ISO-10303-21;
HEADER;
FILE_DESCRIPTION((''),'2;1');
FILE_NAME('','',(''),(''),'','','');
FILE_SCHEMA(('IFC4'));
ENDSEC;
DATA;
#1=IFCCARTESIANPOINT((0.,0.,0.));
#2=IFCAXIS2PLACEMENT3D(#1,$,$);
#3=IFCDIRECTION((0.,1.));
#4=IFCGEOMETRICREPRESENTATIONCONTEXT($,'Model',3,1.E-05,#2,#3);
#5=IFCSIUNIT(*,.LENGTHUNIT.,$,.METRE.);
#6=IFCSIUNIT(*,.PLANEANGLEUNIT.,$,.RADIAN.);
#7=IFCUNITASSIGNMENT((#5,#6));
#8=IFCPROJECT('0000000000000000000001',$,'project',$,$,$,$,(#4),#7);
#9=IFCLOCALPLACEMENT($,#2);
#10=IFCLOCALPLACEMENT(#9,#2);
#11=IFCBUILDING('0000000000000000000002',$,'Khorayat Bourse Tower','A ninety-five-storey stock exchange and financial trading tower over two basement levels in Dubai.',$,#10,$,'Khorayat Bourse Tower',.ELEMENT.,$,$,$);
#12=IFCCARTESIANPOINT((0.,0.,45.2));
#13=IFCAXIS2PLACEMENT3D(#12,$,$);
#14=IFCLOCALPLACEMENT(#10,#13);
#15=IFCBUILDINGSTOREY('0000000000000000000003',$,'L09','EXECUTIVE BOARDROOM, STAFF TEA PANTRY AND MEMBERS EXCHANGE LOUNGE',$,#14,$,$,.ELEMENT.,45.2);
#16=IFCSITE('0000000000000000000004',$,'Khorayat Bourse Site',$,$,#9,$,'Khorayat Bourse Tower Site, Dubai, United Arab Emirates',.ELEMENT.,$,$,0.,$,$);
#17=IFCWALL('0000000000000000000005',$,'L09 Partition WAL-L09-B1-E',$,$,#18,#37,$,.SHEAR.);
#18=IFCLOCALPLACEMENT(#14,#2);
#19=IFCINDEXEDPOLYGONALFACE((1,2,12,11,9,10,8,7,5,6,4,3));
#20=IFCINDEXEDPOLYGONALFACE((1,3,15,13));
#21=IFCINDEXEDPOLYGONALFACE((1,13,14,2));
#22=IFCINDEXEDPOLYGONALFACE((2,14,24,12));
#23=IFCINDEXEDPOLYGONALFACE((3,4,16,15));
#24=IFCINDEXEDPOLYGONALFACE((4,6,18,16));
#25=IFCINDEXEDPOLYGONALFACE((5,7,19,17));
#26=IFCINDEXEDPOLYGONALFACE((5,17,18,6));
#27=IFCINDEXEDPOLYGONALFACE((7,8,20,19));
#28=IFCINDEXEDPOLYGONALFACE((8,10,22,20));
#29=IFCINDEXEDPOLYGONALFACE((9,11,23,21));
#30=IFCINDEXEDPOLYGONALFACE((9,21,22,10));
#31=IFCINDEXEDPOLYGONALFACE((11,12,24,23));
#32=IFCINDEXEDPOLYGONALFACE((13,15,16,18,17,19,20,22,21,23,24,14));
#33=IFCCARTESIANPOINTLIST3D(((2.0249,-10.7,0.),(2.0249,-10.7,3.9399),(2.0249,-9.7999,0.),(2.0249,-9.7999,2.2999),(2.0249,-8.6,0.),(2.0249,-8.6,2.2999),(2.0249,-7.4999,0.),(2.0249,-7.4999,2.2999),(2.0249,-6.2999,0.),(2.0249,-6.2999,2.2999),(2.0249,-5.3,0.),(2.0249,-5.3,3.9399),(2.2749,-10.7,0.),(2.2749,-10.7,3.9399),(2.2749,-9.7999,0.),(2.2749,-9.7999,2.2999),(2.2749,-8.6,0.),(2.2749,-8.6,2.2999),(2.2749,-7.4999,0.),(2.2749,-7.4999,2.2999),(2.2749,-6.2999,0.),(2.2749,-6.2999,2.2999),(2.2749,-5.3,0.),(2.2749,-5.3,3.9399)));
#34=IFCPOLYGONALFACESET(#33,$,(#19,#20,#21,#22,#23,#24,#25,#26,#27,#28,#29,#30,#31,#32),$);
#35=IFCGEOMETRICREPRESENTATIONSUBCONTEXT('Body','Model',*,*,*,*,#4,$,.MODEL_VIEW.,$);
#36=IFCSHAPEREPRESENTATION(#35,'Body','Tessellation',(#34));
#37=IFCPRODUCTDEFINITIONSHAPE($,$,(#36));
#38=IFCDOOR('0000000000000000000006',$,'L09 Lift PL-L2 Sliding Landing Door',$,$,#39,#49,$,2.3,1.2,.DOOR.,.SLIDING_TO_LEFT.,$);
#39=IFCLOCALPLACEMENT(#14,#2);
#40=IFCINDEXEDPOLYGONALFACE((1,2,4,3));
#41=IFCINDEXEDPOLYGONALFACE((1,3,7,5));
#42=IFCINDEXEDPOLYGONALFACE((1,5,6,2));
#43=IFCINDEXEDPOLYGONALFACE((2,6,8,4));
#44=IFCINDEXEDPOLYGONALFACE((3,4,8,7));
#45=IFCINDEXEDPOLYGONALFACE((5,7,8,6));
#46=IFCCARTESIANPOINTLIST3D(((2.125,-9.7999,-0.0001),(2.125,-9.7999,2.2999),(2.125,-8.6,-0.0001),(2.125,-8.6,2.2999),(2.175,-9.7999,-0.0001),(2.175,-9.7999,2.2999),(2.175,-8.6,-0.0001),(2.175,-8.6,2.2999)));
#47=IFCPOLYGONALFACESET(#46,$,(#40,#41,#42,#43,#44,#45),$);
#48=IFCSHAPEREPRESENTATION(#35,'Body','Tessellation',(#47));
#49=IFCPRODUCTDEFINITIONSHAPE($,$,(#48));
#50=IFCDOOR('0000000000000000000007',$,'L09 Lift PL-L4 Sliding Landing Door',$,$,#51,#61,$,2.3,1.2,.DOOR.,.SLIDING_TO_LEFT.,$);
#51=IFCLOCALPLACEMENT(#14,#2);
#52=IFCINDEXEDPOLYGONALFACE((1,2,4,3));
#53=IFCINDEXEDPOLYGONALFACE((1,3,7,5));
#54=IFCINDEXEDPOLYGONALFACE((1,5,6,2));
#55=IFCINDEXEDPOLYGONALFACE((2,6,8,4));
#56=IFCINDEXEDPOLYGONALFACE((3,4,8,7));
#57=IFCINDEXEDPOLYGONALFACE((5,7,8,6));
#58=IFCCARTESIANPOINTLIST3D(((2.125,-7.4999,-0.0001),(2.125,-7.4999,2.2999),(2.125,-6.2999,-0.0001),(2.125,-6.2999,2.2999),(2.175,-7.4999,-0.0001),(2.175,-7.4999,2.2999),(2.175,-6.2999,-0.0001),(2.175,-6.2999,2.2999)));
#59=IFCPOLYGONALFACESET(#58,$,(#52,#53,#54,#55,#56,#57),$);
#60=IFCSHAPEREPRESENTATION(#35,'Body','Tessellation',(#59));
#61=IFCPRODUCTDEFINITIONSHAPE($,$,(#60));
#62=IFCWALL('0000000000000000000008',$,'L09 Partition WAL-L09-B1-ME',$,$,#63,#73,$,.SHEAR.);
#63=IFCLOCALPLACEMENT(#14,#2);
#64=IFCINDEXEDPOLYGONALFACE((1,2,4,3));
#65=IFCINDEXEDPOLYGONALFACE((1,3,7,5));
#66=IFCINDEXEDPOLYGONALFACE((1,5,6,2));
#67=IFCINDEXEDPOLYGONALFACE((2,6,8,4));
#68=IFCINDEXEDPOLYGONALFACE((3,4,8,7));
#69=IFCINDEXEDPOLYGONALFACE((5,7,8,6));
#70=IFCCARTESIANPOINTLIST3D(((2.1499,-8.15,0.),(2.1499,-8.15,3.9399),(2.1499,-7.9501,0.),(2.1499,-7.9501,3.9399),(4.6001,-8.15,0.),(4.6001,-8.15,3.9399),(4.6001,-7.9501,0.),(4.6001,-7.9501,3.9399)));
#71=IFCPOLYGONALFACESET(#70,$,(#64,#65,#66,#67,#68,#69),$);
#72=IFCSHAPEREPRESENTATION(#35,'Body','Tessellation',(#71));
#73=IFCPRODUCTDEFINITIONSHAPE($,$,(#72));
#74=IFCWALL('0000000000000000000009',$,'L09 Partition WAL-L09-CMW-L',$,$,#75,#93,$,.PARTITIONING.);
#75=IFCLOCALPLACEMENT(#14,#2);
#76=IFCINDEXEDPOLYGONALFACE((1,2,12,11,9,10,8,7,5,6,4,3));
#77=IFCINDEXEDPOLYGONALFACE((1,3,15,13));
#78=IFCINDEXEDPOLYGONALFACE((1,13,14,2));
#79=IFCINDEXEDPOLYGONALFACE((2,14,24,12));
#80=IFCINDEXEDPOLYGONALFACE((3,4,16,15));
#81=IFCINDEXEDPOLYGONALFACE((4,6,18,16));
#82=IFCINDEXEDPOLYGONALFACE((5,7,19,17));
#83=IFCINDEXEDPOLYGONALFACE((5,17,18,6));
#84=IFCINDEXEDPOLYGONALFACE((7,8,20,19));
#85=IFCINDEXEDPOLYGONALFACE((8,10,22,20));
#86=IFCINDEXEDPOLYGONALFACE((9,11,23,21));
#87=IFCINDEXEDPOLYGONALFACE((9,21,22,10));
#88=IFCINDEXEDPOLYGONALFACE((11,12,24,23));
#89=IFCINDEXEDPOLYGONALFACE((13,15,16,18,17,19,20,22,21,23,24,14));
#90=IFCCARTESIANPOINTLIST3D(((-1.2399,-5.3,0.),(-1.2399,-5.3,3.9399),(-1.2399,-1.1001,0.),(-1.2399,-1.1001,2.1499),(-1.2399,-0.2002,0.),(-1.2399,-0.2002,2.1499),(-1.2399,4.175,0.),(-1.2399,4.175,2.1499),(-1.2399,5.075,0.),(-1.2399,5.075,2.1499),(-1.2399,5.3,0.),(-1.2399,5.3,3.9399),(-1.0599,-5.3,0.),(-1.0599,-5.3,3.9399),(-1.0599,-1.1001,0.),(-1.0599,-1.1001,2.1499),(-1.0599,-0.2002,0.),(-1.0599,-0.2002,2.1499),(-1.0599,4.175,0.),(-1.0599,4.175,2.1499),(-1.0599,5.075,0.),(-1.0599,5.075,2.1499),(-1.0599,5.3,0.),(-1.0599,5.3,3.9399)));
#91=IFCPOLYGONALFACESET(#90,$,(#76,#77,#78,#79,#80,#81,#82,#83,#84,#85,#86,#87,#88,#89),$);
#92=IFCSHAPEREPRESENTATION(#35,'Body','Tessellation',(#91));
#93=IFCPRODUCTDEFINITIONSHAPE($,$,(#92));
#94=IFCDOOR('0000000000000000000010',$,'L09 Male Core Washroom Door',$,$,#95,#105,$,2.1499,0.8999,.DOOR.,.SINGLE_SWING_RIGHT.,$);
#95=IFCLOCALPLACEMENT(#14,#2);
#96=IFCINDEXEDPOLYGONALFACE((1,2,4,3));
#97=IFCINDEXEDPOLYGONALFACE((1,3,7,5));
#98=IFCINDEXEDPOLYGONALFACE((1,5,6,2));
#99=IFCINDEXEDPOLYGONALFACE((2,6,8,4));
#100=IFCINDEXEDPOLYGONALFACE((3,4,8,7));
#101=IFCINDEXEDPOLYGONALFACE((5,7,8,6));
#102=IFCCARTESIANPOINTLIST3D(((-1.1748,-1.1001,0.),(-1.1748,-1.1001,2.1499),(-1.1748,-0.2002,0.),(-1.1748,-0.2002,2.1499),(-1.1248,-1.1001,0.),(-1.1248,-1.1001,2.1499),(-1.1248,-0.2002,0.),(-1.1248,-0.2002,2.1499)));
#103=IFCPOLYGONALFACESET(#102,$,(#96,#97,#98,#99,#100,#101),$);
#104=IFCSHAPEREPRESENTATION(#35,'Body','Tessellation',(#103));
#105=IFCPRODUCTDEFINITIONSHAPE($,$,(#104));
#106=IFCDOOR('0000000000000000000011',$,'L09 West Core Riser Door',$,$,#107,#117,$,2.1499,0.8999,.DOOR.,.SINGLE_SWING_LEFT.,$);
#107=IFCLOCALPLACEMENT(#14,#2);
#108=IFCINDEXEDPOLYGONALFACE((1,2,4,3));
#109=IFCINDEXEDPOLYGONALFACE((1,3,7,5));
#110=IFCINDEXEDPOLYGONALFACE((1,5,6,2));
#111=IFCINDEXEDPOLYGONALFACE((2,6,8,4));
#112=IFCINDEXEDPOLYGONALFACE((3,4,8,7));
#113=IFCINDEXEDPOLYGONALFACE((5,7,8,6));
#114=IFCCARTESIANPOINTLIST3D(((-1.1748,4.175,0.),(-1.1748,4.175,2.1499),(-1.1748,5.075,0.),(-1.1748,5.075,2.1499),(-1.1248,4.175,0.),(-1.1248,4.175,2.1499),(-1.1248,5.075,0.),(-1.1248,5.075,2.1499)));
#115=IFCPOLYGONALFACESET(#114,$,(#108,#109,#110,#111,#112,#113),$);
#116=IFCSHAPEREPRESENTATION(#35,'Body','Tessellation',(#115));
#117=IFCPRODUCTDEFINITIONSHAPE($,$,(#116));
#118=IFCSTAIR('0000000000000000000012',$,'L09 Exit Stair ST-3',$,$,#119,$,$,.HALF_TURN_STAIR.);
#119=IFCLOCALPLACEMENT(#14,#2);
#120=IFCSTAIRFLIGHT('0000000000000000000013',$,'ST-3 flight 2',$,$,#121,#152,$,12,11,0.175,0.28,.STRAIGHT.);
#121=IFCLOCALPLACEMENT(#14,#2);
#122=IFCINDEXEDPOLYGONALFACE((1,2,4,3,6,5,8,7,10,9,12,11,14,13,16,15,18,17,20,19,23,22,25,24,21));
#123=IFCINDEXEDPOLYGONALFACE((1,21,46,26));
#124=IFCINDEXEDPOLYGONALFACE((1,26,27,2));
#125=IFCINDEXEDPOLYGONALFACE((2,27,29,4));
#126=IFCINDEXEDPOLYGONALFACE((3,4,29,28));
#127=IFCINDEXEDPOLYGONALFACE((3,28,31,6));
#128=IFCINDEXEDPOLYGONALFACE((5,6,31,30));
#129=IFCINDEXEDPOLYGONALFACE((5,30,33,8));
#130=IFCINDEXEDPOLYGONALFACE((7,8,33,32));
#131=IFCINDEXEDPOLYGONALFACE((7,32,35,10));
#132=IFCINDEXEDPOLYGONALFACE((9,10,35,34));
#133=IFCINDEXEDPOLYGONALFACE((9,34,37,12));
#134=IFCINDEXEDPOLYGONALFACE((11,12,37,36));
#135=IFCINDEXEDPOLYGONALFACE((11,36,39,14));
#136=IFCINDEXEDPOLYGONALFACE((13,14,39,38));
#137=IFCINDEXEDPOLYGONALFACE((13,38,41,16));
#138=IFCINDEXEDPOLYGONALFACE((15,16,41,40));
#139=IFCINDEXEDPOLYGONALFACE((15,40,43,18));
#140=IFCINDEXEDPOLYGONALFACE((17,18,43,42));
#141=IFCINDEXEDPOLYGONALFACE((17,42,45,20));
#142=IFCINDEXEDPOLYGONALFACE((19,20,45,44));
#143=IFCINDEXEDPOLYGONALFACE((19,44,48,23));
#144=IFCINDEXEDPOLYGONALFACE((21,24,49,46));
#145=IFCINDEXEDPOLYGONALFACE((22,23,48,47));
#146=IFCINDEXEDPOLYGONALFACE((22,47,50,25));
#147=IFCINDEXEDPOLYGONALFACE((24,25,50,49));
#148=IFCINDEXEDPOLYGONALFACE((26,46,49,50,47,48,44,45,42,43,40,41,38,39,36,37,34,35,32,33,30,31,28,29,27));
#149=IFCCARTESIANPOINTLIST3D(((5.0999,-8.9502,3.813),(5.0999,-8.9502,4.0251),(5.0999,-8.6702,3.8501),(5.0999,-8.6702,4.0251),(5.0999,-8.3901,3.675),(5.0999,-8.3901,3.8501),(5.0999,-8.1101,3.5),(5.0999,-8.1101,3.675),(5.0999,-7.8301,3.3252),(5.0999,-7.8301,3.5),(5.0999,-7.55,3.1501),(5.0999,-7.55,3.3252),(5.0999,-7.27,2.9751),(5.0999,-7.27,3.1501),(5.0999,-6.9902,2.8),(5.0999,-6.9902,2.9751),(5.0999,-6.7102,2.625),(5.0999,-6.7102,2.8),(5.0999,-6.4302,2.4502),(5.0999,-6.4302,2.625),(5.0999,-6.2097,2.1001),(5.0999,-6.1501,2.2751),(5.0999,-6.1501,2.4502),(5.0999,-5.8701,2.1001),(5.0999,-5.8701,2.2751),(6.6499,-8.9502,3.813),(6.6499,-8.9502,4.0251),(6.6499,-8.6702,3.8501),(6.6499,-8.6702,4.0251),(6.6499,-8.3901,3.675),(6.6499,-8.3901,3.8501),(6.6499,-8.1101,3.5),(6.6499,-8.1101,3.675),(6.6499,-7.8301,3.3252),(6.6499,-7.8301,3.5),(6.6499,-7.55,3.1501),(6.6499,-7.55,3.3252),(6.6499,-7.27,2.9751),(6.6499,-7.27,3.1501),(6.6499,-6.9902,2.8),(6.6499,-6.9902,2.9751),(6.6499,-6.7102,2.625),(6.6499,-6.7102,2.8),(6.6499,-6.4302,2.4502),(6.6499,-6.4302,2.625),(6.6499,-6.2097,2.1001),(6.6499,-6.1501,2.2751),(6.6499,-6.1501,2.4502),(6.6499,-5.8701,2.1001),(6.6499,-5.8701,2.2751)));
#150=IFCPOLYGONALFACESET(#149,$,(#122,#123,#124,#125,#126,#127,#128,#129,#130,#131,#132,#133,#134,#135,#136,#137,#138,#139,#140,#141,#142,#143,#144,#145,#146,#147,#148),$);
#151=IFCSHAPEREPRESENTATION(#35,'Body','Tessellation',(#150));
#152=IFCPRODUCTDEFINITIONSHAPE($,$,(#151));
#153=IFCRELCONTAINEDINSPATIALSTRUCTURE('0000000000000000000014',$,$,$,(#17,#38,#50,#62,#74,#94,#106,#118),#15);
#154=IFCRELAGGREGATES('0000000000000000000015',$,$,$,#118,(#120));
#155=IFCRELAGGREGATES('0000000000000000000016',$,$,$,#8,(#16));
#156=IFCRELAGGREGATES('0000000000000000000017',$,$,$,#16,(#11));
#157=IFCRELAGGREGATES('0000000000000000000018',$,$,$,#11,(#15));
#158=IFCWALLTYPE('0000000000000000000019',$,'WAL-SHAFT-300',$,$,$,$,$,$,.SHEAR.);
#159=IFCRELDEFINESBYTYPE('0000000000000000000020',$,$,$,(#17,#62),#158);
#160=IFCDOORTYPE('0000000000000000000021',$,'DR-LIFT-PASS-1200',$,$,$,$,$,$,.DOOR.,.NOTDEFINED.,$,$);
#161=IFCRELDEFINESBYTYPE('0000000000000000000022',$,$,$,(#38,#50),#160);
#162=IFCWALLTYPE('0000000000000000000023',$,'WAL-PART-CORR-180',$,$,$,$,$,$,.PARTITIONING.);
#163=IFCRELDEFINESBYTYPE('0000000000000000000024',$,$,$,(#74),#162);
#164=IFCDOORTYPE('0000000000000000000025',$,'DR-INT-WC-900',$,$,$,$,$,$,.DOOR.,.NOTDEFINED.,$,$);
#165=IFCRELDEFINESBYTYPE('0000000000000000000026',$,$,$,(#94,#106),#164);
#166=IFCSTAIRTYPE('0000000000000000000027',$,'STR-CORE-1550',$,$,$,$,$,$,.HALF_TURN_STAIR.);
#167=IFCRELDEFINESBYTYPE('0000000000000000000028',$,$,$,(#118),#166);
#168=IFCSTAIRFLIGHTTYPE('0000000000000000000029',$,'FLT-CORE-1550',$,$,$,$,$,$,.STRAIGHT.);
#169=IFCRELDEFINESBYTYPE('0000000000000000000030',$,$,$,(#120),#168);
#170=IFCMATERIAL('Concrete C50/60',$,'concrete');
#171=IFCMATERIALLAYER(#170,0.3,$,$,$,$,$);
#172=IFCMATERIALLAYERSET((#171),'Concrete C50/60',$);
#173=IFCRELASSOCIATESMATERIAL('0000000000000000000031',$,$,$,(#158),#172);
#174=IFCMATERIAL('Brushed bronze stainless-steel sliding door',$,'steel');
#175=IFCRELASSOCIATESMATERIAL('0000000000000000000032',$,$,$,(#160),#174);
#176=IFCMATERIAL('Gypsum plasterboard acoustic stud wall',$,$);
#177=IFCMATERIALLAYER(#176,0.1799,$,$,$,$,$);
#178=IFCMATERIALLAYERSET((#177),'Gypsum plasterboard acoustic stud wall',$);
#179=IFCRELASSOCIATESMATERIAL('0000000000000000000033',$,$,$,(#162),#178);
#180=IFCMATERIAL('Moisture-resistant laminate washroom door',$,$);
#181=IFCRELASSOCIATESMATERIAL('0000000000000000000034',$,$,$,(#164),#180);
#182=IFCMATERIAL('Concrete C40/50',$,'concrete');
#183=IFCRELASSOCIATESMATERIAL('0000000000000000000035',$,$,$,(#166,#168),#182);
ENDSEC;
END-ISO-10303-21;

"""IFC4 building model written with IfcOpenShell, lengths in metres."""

from ifc_helpers import new_model, si_unit, direction, frame, frame_2d, origin, place, context, subcontext, project, spatial, polyline, rectangle, outline, extrude, source, transform, mapped, material, layer, layer_set, type_object, element, fill, aggregate, save


model = new_model("IFC4")

# Units and contexts
model_context = context("Model", 3, precision=1e-05, world=origin(), true_north=direction((0.0, 1.0)))
body_context = subcontext(model_context, "Body", "Model", "MODEL_VIEW")
ifc_project = project(units=[si_unit("LENGTHUNIT", "METRE"), si_unit("PLANEANGLEUNIT", "RADIAN")], contexts=[model_context])

# Site, building, storey
site_placement = place(None, origin())
site = spatial("IfcSite", under=ifc_project, at=site_placement, Name="Khorayat Bourse Site", LongName="Khorayat Bourse Tower Site, Dubai, United Arab Emirates", CompositionType="ELEMENT", RefElevation=0.0)
building_placement = place(site_placement, origin())
building = spatial("IfcBuilding", under=site, at=building_placement, Name="Khorayat Bourse Tower", Description="A ninety-five-storey stock exchange and financial trading tower over two basement levels in Dubai.", LongName="Khorayat Bourse Tower", CompositionType="ELEMENT")
storey_placement = place(building_placement, frame((0.0, 0.0, 45.2)))
storey = spatial("IfcBuildingStorey", under=building, at=storey_placement, Name="L09", Description="EXECUTIVE BOARDROOM, STAFF TEA PANTRY AND MEMBERS EXCHANGE LOUNGE", CompositionType="ELEMENT", Elevation=45.2)

# Wall, openings, doors
ifc_material_1 = material(Name="Concrete C50/60", Category="concrete")
ifc_layer_1 = layer(ifc_material_1, 0.3)
ifc_layer_set_1 = layer_set([ifc_layer_1], Name="Concrete C50/60")
wall_type_1 = type_object("IfcWallType", Name="WAL-SHAFT-300", PredefinedType="SHEAR", material=ifc_layer_set_1)
shared_shape_1 = source(origin(), body_context, "Body", "SweptSolid", [
    extrude(rectangle(XDim=5.3999, YDim=0.25, at=frame_2d((2.7, 0.0))), origin(), (0.0, 0.0, 1.0), 3.9399),
])
shared_shape_2 = source(origin(), body_context, "Body", "SweptSolid", [
    extrude(rectangle(XDim=1.2, YDim=2.3, at=frame_2d((0.6001, 1.1499))), frame((0.0, 0.135, 0.0), z_axis=(0.0, -1.0, 0.0), x_axis=(1.0, 0.0, 0.0)), (0.0, 0.0, 1.0), 0.27),
])
ifc_material_2 = material(Name="Brushed bronze stainless-steel sliding door", Category="steel")
door_type_1 = type_object("IfcDoorType", Name="DR-LIFT-PASS-1200", OperationType="NOTDEFINED", PredefinedType="DOOR", material=ifc_material_2)
shared_shape_3 = source(origin(), body_context, "Body", "SweptSolid", [
    extrude(rectangle(XDim=1.2, YDim=2.3, at=frame_2d((0.6001, 1.1499))), frame((0.0, 0.0249, 0.0), z_axis=(0.0, -1.0, 0.0), x_axis=(1.0, 0.0, 0.0)), (0.0, 0.0, 1.0), 0.05),
])
wall_1_placement = place(storey_placement, frame((2.1499, -10.7, 0.0), z_axis=(0.0, 0.0, 1.0), x_axis=(0.0, 1.0, 0.0)))
wall_1 = element("IfcWall", 1, at=wall_1_placement, inside=storey, type_object=wall_type_1, Name="L09 Partition WAL-L09-B1-E", PredefinedType="SHEAR", context=body_context, shape_type="MappedRepresentation", body=[
    mapped(shared_shape_1, transform((0.0, 0.0, 0.0), scale=1.0)),
])
opening_1_placement = place(wall_1_placement, frame((0.8999, 0.0, 0.0)))
opening_1 = element("IfcOpeningElement", 2, at=opening_1_placement, cuts=wall_1, PredefinedType="OPENING", context=body_context, shape_type="MappedRepresentation", body=[
    mapped(shared_shape_2, transform((0.0, 0.0, 0.0), scale=1.0)),
])
opening_2_placement = place(wall_1_placement, frame((3.2, 0.0, 0.0)))
opening_2 = element("IfcOpeningElement", 3, at=opening_2_placement, cuts=wall_1, PredefinedType="OPENING", context=body_context, shape_type="MappedRepresentation", body=[
    mapped(shared_shape_2, transform((0.0, 0.0, 0.0), scale=1.0)),
])
door_1_placement = place(opening_1_placement, origin())
door_1 = element("IfcDoor", 4, at=door_1_placement, inside=storey, type_object=door_type_1, Name="L09 Lift PL-L2 Sliding Landing Door", OperationType="SLIDING_TO_LEFT", OverallHeight=2.3, OverallWidth=1.2, PredefinedType="DOOR", context=body_context, shape_type="MappedRepresentation", body=[
    mapped(shared_shape_3, transform((0.0, 0.0, 0.0), scale=1.0)),
])
fill(opening_1, door_1)
door_2_placement = place(opening_2_placement, origin())
door_2 = element("IfcDoor", 5, at=door_2_placement, inside=storey, type_object=door_type_1, Name="L09 Lift PL-L4 Sliding Landing Door", OperationType="SLIDING_TO_LEFT", OverallHeight=2.3, OverallWidth=1.2, PredefinedType="DOOR", context=body_context, shape_type="MappedRepresentation", body=[
    mapped(shared_shape_3, transform((0.0, 0.0, 0.0), scale=1.0)),
])
fill(opening_2, door_2)

# Wall
shared_shape_4 = source(origin(), body_context, "Body", "SweptSolid", [
    extrude(rectangle(XDim=2.4502, YDim=0.2, at=frame_2d((1.2251, 0.0))), origin(), (0.0, 0.0, 1.0), 3.9399),
])
wall_2_placement = place(storey_placement, frame((2.1499, -8.05, 0.0), z_axis=(0.0, 0.0, 1.0), x_axis=(1.0, 0.0, 0.0)))
element("IfcWall", 6, at=wall_2_placement, inside=storey, type_object=wall_type_1, Name="L09 Partition WAL-L09-B1-ME", PredefinedType="SHEAR", context=body_context, shape_type="MappedRepresentation", body=[
    mapped(shared_shape_4, transform((0.0, 0.0, 0.0), scale=1.0)),
])

# Wall, openings, doors
ifc_material_3 = material(Name="Gypsum plasterboard acoustic stud wall")
ifc_layer_2 = layer(ifc_material_3, 0.1799)
ifc_layer_set_2 = layer_set([ifc_layer_2], Name="Gypsum plasterboard acoustic stud wall")
wall_type_2 = type_object("IfcWallType", Name="WAL-PART-CORR-180", PredefinedType="PARTITIONING", material=ifc_layer_set_2)
shared_shape_5 = source(origin(), body_context, "Body", "SweptSolid", [
    extrude(rectangle(XDim=10.6001, YDim=0.1799, at=frame_2d((5.3, 0.0))), origin(), (0.0, 0.0, 1.0), 3.9399),
])
wall_3_placement = place(storey_placement, frame((-1.1499, -5.3, 0.0), z_axis=(0.0, 0.0, 1.0), x_axis=(0.0, 1.0, 0.0)))
wall_3 = element("IfcWall", 7, at=wall_3_placement, inside=storey, type_object=wall_type_2, Name="L09 Partition WAL-L09-CMW-L", PredefinedType="PARTITIONING", context=body_context, shape_type="MappedRepresentation", body=[
    mapped(shared_shape_5, transform((0.0, 0.0, 0.0), scale=1.0)),
])
shared_shape_6 = source(origin(), body_context, "Body", "SweptSolid", [
    extrude(rectangle(XDim=0.8999, YDim=2.1499, at=frame_2d((0.45, 1.075))), frame((0.0, 0.0999, 0.0), z_axis=(0.0, -1.0, 0.0), x_axis=(1.0, 0.0, 0.0)), (0.0, 0.0, 1.0), 0.2),
])
opening_3_placement = place(wall_3_placement, frame((4.2, 0.0, 0.0)))
opening_3 = element("IfcOpeningElement", 8, at=opening_3_placement, cuts=wall_3, PredefinedType="OPENING", context=body_context, shape_type="MappedRepresentation", body=[
    mapped(shared_shape_6, transform((0.0, 0.0, 0.0), scale=1.0)),
])
opening_4_placement = place(wall_3_placement, frame((9.4751, 0.0, 0.0)))
opening_4 = element("IfcOpeningElement", 9, at=opening_4_placement, cuts=wall_3, PredefinedType="OPENING", context=body_context, shape_type="MappedRepresentation", body=[
    mapped(shared_shape_6, transform((0.0, 0.0, 0.0), scale=1.0)),
])
ifc_material_4 = material(Name="Moisture-resistant laminate washroom door")
door_type_2 = type_object("IfcDoorType", Name="DR-INT-WC-900", OperationType="NOTDEFINED", PredefinedType="DOOR", material=ifc_material_4)
shared_shape_7 = source(origin(), body_context, "Body", "SweptSolid", [
    extrude(rectangle(XDim=0.8999, YDim=2.1499, at=frame_2d((0.45, 1.075))), frame((0.0, 0.0249, 0.0), z_axis=(0.0, -1.0, 0.0), x_axis=(1.0, 0.0, 0.0)), (0.0, 0.0, 1.0), 0.05),
])
door_3_placement = place(opening_3_placement, origin())
door_3 = element("IfcDoor", 10, at=door_3_placement, inside=storey, type_object=door_type_2, Name="L09 Male Core Washroom Door", OperationType="SINGLE_SWING_RIGHT", OverallHeight=2.1499, OverallWidth=0.8999, PredefinedType="DOOR", context=body_context, shape_type="MappedRepresentation", body=[
    mapped(shared_shape_7, transform((0.0, 0.0, 0.0), scale=1.0)),
])
fill(opening_3, door_3)
door_4_placement = place(opening_4_placement, origin())
door_4 = element("IfcDoor", 11, at=door_4_placement, inside=storey, type_object=door_type_2, Name="L09 West Core Riser Door", OperationType="SINGLE_SWING_LEFT", OverallHeight=2.1499, OverallWidth=0.8999, PredefinedType="DOOR", context=body_context, shape_type="MappedRepresentation", body=[
    mapped(shared_shape_7, transform((0.0, 0.0, 0.0), scale=1.0)),
])
fill(opening_4, door_4)

# Stair, stair flight
ifc_material_5 = material(Name="Concrete C40/50", Category="concrete")
stair_type = type_object("IfcStairType", Name="STR-CORE-1550", PredefinedType="HALF_TURN_STAIR", material=ifc_material_5)
stair_placement = place(storey_placement, origin())
stair = element("IfcStair", 12, at=stair_placement, inside=storey, type_object=stair_type, Name="L09 Exit Stair ST-3", PredefinedType="HALF_TURN_STAIR")
stair_flight_type = type_object("IfcStairFlightType", Name="FLT-CORE-1550", PredefinedType="STRAIGHT", material=ifc_material_5)
shared_shape_8 = source(origin(), body_context, "Body", "SweptSolid", [
    extrude(outline(polyline([(0.0, 0.0), (0.0, 0.175), (0.28, 0.175), (0.28, 0.3501), (0.5601, 0.3501), (0.5601, 0.5249), (0.8401, 0.5249), (0.8401, 0.7), (1.1201, 0.7), (1.1201, 0.875), (1.3999, 0.875), (1.3999, 1.05), (1.6799, 1.05), (1.6799, 1.2251), (1.96, 1.2251), (1.96, 1.3999), (2.24, 1.3999), (2.24, 1.575), (2.52, 1.575), (2.52, 1.75), (2.8, 1.75), (2.8, 1.925), (3.0801, 1.925), (3.0801, 2.1001), (3.0801, 1.7129), (0.3396, 0.0), (0.0, 0.0)])), frame((0.0, 0.7749, 0.0), z_axis=(0.0, -1.0, 0.0), x_axis=(1.0, 0.0, 0.0)), (0.0, 0.0, 1.0), 1.55),
])
stair_flight_placement = place(storey_placement, frame((5.875, -5.8701, 2.1001), z_axis=(0.0, 0.0, 1.0), x_axis=(0.0, -1.0, 0.0)))
stair_flight = element("IfcStairFlight", 13, at=stair_flight_placement, type_object=stair_flight_type, Name="ST-3 flight 2", NumberOfRisers=12, NumberOfTreads=11, PredefinedType="STRAIGHT", RiserHeight=0.175, TreadLength=0.28, context=body_context, shape_type="MappedRepresentation", body=[
    mapped(shared_shape_8, transform((0.0, 0.0, 0.0), scale=1.0)),
])
aggregate(stair, [stair_flight])

save(model, "model.ifc")
